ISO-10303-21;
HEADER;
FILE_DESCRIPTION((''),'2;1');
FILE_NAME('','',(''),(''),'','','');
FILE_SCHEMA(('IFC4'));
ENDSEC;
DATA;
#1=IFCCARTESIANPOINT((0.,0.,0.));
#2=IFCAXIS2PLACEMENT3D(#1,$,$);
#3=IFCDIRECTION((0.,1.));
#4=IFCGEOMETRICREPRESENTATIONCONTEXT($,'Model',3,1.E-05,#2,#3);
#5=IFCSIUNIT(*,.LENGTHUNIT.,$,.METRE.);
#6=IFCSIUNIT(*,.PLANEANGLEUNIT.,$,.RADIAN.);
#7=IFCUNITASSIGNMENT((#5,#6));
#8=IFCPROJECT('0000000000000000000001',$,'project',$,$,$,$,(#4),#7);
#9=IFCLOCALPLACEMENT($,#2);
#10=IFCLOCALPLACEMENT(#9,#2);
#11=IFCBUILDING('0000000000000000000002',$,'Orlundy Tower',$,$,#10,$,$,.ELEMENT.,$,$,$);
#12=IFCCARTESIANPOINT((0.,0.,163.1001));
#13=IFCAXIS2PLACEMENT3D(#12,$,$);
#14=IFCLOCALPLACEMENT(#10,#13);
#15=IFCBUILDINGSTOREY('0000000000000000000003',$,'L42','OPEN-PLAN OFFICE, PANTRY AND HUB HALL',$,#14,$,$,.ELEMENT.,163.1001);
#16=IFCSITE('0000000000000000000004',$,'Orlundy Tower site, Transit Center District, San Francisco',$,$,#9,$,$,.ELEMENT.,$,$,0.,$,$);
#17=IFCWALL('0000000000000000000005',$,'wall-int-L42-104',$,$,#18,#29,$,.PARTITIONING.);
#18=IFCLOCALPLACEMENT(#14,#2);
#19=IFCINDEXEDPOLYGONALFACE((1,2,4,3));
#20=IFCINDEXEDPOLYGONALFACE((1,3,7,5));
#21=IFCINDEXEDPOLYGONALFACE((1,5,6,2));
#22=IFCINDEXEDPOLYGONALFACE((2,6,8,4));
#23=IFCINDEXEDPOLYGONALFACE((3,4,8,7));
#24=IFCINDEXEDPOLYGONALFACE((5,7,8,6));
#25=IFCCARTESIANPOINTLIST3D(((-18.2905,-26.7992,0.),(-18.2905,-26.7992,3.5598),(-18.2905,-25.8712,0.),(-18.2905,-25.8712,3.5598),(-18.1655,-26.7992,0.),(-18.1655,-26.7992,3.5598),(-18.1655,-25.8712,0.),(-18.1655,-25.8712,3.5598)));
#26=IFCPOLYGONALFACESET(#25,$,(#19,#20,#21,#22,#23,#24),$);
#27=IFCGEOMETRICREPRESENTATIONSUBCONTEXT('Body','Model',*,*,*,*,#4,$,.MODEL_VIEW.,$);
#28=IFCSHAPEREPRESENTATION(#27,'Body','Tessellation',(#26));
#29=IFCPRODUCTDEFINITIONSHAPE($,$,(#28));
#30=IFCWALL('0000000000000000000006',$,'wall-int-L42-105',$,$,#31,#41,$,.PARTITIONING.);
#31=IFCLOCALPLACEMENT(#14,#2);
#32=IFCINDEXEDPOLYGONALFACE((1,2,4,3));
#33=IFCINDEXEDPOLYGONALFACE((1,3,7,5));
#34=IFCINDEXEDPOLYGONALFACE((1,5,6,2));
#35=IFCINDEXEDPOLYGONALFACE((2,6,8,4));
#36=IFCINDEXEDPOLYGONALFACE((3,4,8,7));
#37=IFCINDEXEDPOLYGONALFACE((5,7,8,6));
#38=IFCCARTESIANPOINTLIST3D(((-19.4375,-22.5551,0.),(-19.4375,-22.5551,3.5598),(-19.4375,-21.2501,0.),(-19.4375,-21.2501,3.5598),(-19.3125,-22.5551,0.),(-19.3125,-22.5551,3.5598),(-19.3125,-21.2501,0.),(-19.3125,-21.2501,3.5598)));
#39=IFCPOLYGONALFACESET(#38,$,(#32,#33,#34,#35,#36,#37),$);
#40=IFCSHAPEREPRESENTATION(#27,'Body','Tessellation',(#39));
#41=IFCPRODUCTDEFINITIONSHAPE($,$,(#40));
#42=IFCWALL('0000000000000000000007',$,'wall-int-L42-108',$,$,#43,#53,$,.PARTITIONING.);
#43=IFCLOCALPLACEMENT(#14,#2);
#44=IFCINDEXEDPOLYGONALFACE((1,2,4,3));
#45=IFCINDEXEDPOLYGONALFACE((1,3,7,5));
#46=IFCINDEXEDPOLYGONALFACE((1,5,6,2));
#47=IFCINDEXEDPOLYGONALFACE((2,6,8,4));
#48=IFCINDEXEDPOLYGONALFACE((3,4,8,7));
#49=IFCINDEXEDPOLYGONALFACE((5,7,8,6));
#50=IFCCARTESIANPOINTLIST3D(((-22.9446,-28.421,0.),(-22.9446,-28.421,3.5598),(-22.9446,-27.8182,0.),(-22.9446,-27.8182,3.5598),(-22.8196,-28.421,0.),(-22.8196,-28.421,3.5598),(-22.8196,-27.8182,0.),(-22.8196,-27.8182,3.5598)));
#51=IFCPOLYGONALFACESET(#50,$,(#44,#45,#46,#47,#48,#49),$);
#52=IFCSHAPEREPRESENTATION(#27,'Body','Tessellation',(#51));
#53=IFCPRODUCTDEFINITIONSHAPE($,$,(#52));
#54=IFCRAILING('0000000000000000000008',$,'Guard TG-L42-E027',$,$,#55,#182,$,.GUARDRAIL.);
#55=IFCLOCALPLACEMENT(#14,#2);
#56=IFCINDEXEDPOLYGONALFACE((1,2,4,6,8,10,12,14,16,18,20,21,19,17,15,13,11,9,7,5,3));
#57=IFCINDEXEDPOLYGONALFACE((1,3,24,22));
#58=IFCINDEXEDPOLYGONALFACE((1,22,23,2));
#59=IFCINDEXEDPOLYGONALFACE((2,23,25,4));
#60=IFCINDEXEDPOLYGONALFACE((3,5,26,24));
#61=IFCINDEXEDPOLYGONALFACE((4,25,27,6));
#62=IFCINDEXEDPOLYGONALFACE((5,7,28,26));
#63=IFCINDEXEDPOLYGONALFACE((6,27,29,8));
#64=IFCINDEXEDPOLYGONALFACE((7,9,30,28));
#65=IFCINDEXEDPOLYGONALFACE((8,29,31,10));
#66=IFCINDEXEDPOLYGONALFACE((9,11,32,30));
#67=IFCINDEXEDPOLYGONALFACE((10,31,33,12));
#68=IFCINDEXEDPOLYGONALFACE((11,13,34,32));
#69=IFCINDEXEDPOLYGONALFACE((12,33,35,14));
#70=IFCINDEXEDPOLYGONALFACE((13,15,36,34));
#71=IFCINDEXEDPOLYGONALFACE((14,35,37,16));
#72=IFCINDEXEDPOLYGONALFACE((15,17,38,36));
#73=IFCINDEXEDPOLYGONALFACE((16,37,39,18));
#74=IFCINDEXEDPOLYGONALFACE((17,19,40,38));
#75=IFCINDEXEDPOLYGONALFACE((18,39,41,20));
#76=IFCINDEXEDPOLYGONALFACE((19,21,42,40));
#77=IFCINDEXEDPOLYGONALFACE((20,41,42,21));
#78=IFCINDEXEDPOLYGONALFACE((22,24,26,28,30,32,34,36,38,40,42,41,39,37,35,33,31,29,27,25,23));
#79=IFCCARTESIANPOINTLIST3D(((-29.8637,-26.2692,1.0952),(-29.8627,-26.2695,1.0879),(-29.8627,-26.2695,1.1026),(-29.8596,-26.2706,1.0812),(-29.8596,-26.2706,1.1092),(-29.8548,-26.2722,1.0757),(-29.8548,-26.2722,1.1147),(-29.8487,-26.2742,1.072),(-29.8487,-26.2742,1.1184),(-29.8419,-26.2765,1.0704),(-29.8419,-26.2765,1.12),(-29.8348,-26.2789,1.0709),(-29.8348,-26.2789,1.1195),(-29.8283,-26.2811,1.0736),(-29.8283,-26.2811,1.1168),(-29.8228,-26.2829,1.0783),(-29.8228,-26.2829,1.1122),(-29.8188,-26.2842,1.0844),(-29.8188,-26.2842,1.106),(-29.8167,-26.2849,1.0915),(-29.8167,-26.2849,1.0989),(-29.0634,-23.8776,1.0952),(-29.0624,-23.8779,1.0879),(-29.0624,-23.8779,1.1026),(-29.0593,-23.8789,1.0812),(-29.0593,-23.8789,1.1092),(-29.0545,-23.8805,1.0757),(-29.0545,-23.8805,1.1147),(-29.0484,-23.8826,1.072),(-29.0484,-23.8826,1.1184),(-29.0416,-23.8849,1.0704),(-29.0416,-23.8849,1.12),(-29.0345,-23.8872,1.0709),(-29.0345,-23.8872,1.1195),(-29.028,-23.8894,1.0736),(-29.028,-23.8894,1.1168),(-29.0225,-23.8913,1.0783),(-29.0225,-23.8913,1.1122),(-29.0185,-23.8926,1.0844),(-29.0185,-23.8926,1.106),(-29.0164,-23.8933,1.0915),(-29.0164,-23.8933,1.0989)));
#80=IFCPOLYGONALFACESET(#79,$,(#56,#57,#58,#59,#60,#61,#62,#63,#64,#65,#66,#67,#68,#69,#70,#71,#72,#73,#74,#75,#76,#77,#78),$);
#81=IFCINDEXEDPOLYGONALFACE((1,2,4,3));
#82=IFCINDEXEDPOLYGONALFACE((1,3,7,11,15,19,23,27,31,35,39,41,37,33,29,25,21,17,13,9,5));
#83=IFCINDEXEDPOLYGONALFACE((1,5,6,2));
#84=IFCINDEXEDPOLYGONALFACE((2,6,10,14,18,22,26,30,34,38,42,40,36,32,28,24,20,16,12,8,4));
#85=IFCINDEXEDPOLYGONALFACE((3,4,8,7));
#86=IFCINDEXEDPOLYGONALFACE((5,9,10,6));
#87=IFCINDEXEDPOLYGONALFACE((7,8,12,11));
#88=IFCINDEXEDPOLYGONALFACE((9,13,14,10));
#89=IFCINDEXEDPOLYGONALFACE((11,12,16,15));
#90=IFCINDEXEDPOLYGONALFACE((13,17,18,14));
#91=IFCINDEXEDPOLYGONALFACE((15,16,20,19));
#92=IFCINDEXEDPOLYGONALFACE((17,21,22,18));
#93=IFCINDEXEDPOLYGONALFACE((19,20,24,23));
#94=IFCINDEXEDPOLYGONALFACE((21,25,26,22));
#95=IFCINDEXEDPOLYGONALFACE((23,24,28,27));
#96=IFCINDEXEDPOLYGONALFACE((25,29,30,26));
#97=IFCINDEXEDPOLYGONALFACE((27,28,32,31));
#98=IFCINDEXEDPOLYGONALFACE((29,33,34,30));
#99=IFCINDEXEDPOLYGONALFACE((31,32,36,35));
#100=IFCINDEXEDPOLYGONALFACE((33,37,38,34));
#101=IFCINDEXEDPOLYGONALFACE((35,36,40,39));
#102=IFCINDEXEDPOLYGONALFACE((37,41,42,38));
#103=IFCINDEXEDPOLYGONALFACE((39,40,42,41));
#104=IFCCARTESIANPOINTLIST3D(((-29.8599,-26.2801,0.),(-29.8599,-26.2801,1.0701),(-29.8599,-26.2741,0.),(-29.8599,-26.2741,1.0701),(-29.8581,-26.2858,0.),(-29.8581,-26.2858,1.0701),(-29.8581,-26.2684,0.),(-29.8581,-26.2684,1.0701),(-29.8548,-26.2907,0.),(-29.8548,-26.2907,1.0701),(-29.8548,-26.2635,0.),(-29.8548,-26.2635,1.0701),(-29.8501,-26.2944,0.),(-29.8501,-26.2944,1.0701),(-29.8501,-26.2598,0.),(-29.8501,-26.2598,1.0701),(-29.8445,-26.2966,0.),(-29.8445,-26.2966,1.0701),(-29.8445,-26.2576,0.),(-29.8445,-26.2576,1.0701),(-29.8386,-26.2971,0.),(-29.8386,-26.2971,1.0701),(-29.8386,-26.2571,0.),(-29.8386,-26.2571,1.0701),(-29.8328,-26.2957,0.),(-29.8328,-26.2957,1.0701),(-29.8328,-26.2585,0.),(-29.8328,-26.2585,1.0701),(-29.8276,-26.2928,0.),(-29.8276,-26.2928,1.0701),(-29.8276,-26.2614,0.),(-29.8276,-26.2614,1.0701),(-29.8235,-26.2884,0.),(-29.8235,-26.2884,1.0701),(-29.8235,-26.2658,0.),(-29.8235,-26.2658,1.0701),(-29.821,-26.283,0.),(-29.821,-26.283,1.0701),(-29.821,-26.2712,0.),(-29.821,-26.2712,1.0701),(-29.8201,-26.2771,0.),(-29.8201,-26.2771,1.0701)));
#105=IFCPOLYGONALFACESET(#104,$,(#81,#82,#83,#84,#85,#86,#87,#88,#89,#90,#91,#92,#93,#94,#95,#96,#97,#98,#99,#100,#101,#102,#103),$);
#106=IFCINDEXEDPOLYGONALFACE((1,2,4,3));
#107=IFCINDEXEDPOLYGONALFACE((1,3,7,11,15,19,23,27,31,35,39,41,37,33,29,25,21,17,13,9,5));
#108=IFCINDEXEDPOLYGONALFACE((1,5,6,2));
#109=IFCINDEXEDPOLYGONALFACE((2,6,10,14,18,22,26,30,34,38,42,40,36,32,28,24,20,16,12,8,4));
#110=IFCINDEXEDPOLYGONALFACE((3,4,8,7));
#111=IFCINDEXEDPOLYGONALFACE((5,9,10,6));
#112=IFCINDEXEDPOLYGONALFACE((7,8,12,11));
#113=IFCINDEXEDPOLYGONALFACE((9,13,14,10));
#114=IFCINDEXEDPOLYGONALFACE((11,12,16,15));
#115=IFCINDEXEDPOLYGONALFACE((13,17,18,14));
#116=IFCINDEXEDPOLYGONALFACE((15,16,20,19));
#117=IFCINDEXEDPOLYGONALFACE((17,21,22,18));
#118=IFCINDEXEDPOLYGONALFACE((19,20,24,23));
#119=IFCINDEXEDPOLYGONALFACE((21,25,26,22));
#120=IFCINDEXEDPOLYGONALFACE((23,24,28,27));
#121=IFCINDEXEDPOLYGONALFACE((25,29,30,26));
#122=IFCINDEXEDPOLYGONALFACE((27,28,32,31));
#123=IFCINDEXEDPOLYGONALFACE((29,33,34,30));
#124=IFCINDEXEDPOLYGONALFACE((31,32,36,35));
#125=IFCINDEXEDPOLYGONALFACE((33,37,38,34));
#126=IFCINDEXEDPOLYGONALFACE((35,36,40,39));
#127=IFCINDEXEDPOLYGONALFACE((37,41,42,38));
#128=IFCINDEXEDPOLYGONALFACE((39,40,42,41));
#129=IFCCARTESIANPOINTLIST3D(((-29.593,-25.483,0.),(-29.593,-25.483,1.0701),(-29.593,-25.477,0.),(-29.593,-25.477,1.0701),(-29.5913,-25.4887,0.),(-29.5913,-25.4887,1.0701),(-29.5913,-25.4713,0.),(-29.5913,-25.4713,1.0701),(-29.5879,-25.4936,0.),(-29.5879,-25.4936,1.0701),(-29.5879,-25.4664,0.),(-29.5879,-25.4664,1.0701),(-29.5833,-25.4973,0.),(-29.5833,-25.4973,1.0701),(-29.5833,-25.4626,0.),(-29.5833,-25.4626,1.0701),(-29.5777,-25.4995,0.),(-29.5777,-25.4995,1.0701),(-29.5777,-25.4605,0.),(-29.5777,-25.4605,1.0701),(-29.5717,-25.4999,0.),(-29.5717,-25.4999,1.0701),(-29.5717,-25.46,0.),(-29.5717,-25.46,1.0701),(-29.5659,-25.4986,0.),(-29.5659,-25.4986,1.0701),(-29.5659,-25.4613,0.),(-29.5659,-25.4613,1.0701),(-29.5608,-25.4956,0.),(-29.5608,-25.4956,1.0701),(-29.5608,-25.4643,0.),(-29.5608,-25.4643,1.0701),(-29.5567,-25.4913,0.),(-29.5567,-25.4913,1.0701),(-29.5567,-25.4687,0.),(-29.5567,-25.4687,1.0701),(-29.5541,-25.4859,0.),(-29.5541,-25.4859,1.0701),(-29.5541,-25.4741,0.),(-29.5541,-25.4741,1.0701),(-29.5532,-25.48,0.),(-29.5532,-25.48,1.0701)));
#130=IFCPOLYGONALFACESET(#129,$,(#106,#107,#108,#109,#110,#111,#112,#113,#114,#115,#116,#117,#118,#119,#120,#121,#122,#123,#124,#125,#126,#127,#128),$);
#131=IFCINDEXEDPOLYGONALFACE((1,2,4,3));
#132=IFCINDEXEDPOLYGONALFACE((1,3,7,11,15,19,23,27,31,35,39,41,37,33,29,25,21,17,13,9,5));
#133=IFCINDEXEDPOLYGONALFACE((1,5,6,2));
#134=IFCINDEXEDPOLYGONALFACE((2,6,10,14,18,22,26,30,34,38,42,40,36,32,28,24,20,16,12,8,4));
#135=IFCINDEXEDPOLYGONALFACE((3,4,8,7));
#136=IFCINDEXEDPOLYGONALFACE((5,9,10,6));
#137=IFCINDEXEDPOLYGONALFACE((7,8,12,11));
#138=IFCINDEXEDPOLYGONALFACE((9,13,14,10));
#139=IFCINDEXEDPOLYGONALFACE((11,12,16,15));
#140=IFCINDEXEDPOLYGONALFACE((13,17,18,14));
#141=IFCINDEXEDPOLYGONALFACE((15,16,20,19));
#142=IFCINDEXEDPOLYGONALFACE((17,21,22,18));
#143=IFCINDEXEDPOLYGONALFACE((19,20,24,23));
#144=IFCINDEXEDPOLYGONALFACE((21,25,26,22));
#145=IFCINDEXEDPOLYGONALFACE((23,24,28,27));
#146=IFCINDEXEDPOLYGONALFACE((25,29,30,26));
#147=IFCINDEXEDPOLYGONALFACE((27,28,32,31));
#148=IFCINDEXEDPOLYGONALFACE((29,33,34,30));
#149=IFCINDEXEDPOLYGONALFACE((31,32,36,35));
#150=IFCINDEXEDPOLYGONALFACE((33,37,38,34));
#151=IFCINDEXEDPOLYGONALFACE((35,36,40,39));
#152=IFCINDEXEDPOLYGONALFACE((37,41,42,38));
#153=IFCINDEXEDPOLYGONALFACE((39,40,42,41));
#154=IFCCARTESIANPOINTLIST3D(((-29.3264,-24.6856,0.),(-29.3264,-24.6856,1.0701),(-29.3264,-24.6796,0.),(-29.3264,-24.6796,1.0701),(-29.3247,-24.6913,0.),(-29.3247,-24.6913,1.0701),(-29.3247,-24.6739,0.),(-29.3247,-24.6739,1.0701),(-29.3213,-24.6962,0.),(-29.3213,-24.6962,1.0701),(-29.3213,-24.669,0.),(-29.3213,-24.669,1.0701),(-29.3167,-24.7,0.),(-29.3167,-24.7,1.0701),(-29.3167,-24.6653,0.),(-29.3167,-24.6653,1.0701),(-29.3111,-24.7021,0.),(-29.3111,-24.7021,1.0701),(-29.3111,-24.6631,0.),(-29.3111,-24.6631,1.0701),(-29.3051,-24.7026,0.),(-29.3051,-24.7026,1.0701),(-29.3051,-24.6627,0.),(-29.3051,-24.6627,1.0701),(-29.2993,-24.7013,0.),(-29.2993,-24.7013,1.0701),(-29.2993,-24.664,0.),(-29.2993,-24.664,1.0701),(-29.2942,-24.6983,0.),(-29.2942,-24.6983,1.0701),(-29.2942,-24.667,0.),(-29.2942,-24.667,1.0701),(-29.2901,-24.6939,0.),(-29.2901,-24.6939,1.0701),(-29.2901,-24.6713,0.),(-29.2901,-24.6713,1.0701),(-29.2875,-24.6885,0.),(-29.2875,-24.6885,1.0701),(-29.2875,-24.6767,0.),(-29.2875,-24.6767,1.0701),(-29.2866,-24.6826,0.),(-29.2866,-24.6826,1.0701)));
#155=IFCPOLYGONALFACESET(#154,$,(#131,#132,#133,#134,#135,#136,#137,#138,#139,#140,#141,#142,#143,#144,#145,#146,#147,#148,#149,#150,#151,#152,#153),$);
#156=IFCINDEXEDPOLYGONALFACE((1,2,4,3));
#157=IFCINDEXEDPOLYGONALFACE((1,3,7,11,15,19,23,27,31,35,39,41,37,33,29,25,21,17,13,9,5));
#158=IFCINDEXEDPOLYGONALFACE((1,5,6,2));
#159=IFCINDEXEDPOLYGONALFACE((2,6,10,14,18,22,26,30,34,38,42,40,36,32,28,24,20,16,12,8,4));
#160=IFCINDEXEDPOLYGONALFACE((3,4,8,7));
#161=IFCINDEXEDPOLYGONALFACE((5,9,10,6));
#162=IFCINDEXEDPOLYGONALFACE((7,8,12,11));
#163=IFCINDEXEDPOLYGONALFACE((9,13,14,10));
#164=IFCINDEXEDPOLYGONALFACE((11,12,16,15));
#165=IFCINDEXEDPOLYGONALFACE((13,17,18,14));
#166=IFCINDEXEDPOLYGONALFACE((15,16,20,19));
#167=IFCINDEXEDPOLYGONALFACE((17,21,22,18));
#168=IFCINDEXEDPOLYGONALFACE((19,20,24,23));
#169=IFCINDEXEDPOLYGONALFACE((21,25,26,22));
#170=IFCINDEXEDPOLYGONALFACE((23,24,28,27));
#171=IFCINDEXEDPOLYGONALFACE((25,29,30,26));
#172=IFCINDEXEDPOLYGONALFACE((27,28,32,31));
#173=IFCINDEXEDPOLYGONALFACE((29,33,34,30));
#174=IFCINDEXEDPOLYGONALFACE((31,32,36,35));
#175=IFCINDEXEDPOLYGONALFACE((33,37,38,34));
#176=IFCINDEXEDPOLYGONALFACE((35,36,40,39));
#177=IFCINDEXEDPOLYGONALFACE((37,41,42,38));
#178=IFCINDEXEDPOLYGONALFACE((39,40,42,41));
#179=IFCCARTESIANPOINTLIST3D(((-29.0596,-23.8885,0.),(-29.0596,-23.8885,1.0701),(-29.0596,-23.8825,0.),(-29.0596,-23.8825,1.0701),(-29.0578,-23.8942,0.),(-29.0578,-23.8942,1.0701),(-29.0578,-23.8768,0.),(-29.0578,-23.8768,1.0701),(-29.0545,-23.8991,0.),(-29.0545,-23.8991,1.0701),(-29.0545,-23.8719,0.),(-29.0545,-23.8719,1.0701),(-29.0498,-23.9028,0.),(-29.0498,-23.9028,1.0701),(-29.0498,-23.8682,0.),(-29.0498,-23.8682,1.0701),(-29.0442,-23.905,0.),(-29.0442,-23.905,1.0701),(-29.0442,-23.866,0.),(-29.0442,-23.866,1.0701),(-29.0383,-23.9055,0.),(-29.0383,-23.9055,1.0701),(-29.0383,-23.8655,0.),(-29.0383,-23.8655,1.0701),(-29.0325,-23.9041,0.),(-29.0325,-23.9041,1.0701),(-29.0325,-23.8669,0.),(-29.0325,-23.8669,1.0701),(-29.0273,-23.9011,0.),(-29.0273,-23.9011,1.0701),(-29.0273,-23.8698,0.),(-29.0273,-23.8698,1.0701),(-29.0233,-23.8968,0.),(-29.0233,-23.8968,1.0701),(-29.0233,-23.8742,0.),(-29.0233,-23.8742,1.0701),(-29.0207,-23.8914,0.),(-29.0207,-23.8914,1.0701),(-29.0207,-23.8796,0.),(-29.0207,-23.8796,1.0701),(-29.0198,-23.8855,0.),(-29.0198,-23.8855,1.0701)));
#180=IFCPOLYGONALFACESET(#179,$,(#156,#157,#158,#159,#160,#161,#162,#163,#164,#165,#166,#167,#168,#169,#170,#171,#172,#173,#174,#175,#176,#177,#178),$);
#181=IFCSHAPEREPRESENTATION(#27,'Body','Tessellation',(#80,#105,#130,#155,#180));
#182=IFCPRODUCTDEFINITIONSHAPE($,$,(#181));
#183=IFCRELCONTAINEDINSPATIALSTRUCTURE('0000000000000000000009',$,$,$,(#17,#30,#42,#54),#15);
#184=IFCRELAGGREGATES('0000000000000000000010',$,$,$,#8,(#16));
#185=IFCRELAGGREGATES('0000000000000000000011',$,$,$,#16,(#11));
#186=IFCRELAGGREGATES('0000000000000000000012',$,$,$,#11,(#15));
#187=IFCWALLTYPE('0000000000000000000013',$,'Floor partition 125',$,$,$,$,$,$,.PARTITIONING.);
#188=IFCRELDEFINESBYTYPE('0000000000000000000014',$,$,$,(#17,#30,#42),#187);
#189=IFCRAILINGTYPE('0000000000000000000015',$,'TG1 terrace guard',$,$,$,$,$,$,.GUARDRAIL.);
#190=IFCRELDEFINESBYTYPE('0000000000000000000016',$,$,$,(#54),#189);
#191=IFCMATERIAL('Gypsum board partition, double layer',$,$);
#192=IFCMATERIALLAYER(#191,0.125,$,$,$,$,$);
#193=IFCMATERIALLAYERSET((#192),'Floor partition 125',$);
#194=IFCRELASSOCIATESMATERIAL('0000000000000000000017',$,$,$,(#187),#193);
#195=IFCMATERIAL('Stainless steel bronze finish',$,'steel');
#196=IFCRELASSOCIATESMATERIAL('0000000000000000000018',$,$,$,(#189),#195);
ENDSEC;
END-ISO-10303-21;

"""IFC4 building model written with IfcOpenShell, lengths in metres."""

from ifc_helpers import new_model, si_unit, direction, frame, frame_2d, origin, origin_2d, place, context, subcontext, project, spatial, rectangle, circle, extrude, material, layer, layer_set, type_object, element, save


model = new_model("IFC4")

# Units and contexts
model_context = context("Model", 3, precision=1e-05, world=origin(), true_north=direction((0.0, 1.0)))
body_context = subcontext(model_context, "Body", "Model", "MODEL_VIEW")
ifc_project = project(units=[si_unit("LENGTHUNIT", "METRE"), si_unit("PLANEANGLEUNIT", "RADIAN")], contexts=[model_context])

# Site, building, storey
site_placement = place(None, origin())
site = spatial("IfcSite", under=ifc_project, at=site_placement, Name="Orlundy Tower site, Transit Center District, San Francisco", CompositionType="ELEMENT", RefElevation=0.0)
building_placement = place(site_placement, origin())
building = spatial("IfcBuilding", under=site, at=building_placement, Name="Orlundy Tower", CompositionType="ELEMENT")
storey_placement = place(building_placement, frame((0.0, 0.0, 163.1001)))
storey = spatial("IfcBuildingStorey", under=building, at=storey_placement, Name="L42", Description="OPEN-PLAN OFFICE, PANTRY AND HUB HALL", CompositionType="ELEMENT", Elevation=163.1001)

# Shared definitions
ifc_material_1 = material(Name="Gypsum board partition, double layer")
ifc_layer_1 = layer(ifc_material_1, 0.125)
ifc_layer_set_1 = layer_set([ifc_layer_1], Name="Floor partition 125")
wall_type_1 = type_object("IfcWallType", Name="Floor partition 125", PredefinedType="PARTITIONING", material=ifc_layer_set_1)

# Walls
wall_1_placement = place(storey_placement, frame((-18.228, -26.7991, 0.0), z_axis=(0.0, 0.0, 1.0), x_axis=(0.0, 1.0, 0.0)))
element("IfcWall", 1, at=wall_1_placement, inside=storey, type_object=wall_type_1, Name="wall-int-L42-104", PredefinedType="PARTITIONING", context=body_context, shape_type="SweptSolid", body=[
    extrude(rectangle(XDim=0.928, YDim=0.125, at=frame_2d((0.4639, 0.0))), origin(), (0.0, 0.0, 1.0), 3.5598),
])
wall_2_placement = place(storey_placement, frame((-19.375, -22.5549, 0.0), z_axis=(0.0, 0.0, 1.0), x_axis=(0.0, 1.0, 0.0)))
element("IfcWall", 2, at=wall_2_placement, inside=storey, type_object=wall_type_1, Name="wall-int-L42-105", PredefinedType="PARTITIONING", context=body_context, shape_type="SweptSolid", body=[
    extrude(rectangle(XDim=1.3049, YDim=0.125, at=frame_2d((0.6523, 0.0))), origin(), (0.0, 0.0, 1.0), 3.5598),
])
wall_3_placement = place(storey_placement, frame((-22.8821, -28.4209, 0.0), z_axis=(0.0, 0.0, 1.0), x_axis=(0.0, 1.0, 0.0)))
element("IfcWall", 3, at=wall_3_placement, inside=storey, type_object=wall_type_1, Name="wall-int-L42-108", PredefinedType="PARTITIONING", context=body_context, shape_type="SweptSolid", body=[
    extrude(rectangle(XDim=0.6028, YDim=0.125, at=frame_2d((0.3013, 0.0))), origin(), (0.0, 0.0, 1.0), 3.5598),
])

# Railing
ifc_material_2 = material(Name="Stainless steel bronze finish", Category="steel")
railing_type = type_object("IfcRailingType", Name="TG1 terrace guard", PredefinedType="GUARDRAIL", material=ifc_material_2)
railing_placement = place(storey_placement, frame((-29.8401, -26.2771, 0.0)))
element("IfcRailing", 4, at=railing_placement, inside=storey, type_object=railing_type, Name="Guard TG-L42-E027", PredefinedType="GUARDRAIL", context=body_context, shape_type="SweptSolid", body=[
    extrude(circle(Radius=0.0249, at=origin_2d()), frame((0.0, 0.0, 1.0952), z_axis=(0.317331, 0.948315, 0.0), x_axis=(-0.948315, 0.317331, 0.0)), (0.0, 0.0, 1.0), 2.522),
    extrude(circle(Radius=0.02, at=origin_2d()), origin(), (0.0, 0.0, 1.0), 1.0701),
    extrude(circle(Radius=0.02, at=origin_2d()), frame((0.2668, 0.7971, 0.0)), (0.0, 0.0, 1.0), 1.0701),
    extrude(circle(Radius=0.02, at=origin_2d()), frame((0.5334, 1.5945, 0.0)), (0.0, 0.0, 1.0), 1.0701),
    extrude(circle(Radius=0.02, at=origin_2d()), frame((0.8003, 2.3916, 0.0)), (0.0, 0.0, 1.0), 1.0701),
])

save(model, "model.ifc")
